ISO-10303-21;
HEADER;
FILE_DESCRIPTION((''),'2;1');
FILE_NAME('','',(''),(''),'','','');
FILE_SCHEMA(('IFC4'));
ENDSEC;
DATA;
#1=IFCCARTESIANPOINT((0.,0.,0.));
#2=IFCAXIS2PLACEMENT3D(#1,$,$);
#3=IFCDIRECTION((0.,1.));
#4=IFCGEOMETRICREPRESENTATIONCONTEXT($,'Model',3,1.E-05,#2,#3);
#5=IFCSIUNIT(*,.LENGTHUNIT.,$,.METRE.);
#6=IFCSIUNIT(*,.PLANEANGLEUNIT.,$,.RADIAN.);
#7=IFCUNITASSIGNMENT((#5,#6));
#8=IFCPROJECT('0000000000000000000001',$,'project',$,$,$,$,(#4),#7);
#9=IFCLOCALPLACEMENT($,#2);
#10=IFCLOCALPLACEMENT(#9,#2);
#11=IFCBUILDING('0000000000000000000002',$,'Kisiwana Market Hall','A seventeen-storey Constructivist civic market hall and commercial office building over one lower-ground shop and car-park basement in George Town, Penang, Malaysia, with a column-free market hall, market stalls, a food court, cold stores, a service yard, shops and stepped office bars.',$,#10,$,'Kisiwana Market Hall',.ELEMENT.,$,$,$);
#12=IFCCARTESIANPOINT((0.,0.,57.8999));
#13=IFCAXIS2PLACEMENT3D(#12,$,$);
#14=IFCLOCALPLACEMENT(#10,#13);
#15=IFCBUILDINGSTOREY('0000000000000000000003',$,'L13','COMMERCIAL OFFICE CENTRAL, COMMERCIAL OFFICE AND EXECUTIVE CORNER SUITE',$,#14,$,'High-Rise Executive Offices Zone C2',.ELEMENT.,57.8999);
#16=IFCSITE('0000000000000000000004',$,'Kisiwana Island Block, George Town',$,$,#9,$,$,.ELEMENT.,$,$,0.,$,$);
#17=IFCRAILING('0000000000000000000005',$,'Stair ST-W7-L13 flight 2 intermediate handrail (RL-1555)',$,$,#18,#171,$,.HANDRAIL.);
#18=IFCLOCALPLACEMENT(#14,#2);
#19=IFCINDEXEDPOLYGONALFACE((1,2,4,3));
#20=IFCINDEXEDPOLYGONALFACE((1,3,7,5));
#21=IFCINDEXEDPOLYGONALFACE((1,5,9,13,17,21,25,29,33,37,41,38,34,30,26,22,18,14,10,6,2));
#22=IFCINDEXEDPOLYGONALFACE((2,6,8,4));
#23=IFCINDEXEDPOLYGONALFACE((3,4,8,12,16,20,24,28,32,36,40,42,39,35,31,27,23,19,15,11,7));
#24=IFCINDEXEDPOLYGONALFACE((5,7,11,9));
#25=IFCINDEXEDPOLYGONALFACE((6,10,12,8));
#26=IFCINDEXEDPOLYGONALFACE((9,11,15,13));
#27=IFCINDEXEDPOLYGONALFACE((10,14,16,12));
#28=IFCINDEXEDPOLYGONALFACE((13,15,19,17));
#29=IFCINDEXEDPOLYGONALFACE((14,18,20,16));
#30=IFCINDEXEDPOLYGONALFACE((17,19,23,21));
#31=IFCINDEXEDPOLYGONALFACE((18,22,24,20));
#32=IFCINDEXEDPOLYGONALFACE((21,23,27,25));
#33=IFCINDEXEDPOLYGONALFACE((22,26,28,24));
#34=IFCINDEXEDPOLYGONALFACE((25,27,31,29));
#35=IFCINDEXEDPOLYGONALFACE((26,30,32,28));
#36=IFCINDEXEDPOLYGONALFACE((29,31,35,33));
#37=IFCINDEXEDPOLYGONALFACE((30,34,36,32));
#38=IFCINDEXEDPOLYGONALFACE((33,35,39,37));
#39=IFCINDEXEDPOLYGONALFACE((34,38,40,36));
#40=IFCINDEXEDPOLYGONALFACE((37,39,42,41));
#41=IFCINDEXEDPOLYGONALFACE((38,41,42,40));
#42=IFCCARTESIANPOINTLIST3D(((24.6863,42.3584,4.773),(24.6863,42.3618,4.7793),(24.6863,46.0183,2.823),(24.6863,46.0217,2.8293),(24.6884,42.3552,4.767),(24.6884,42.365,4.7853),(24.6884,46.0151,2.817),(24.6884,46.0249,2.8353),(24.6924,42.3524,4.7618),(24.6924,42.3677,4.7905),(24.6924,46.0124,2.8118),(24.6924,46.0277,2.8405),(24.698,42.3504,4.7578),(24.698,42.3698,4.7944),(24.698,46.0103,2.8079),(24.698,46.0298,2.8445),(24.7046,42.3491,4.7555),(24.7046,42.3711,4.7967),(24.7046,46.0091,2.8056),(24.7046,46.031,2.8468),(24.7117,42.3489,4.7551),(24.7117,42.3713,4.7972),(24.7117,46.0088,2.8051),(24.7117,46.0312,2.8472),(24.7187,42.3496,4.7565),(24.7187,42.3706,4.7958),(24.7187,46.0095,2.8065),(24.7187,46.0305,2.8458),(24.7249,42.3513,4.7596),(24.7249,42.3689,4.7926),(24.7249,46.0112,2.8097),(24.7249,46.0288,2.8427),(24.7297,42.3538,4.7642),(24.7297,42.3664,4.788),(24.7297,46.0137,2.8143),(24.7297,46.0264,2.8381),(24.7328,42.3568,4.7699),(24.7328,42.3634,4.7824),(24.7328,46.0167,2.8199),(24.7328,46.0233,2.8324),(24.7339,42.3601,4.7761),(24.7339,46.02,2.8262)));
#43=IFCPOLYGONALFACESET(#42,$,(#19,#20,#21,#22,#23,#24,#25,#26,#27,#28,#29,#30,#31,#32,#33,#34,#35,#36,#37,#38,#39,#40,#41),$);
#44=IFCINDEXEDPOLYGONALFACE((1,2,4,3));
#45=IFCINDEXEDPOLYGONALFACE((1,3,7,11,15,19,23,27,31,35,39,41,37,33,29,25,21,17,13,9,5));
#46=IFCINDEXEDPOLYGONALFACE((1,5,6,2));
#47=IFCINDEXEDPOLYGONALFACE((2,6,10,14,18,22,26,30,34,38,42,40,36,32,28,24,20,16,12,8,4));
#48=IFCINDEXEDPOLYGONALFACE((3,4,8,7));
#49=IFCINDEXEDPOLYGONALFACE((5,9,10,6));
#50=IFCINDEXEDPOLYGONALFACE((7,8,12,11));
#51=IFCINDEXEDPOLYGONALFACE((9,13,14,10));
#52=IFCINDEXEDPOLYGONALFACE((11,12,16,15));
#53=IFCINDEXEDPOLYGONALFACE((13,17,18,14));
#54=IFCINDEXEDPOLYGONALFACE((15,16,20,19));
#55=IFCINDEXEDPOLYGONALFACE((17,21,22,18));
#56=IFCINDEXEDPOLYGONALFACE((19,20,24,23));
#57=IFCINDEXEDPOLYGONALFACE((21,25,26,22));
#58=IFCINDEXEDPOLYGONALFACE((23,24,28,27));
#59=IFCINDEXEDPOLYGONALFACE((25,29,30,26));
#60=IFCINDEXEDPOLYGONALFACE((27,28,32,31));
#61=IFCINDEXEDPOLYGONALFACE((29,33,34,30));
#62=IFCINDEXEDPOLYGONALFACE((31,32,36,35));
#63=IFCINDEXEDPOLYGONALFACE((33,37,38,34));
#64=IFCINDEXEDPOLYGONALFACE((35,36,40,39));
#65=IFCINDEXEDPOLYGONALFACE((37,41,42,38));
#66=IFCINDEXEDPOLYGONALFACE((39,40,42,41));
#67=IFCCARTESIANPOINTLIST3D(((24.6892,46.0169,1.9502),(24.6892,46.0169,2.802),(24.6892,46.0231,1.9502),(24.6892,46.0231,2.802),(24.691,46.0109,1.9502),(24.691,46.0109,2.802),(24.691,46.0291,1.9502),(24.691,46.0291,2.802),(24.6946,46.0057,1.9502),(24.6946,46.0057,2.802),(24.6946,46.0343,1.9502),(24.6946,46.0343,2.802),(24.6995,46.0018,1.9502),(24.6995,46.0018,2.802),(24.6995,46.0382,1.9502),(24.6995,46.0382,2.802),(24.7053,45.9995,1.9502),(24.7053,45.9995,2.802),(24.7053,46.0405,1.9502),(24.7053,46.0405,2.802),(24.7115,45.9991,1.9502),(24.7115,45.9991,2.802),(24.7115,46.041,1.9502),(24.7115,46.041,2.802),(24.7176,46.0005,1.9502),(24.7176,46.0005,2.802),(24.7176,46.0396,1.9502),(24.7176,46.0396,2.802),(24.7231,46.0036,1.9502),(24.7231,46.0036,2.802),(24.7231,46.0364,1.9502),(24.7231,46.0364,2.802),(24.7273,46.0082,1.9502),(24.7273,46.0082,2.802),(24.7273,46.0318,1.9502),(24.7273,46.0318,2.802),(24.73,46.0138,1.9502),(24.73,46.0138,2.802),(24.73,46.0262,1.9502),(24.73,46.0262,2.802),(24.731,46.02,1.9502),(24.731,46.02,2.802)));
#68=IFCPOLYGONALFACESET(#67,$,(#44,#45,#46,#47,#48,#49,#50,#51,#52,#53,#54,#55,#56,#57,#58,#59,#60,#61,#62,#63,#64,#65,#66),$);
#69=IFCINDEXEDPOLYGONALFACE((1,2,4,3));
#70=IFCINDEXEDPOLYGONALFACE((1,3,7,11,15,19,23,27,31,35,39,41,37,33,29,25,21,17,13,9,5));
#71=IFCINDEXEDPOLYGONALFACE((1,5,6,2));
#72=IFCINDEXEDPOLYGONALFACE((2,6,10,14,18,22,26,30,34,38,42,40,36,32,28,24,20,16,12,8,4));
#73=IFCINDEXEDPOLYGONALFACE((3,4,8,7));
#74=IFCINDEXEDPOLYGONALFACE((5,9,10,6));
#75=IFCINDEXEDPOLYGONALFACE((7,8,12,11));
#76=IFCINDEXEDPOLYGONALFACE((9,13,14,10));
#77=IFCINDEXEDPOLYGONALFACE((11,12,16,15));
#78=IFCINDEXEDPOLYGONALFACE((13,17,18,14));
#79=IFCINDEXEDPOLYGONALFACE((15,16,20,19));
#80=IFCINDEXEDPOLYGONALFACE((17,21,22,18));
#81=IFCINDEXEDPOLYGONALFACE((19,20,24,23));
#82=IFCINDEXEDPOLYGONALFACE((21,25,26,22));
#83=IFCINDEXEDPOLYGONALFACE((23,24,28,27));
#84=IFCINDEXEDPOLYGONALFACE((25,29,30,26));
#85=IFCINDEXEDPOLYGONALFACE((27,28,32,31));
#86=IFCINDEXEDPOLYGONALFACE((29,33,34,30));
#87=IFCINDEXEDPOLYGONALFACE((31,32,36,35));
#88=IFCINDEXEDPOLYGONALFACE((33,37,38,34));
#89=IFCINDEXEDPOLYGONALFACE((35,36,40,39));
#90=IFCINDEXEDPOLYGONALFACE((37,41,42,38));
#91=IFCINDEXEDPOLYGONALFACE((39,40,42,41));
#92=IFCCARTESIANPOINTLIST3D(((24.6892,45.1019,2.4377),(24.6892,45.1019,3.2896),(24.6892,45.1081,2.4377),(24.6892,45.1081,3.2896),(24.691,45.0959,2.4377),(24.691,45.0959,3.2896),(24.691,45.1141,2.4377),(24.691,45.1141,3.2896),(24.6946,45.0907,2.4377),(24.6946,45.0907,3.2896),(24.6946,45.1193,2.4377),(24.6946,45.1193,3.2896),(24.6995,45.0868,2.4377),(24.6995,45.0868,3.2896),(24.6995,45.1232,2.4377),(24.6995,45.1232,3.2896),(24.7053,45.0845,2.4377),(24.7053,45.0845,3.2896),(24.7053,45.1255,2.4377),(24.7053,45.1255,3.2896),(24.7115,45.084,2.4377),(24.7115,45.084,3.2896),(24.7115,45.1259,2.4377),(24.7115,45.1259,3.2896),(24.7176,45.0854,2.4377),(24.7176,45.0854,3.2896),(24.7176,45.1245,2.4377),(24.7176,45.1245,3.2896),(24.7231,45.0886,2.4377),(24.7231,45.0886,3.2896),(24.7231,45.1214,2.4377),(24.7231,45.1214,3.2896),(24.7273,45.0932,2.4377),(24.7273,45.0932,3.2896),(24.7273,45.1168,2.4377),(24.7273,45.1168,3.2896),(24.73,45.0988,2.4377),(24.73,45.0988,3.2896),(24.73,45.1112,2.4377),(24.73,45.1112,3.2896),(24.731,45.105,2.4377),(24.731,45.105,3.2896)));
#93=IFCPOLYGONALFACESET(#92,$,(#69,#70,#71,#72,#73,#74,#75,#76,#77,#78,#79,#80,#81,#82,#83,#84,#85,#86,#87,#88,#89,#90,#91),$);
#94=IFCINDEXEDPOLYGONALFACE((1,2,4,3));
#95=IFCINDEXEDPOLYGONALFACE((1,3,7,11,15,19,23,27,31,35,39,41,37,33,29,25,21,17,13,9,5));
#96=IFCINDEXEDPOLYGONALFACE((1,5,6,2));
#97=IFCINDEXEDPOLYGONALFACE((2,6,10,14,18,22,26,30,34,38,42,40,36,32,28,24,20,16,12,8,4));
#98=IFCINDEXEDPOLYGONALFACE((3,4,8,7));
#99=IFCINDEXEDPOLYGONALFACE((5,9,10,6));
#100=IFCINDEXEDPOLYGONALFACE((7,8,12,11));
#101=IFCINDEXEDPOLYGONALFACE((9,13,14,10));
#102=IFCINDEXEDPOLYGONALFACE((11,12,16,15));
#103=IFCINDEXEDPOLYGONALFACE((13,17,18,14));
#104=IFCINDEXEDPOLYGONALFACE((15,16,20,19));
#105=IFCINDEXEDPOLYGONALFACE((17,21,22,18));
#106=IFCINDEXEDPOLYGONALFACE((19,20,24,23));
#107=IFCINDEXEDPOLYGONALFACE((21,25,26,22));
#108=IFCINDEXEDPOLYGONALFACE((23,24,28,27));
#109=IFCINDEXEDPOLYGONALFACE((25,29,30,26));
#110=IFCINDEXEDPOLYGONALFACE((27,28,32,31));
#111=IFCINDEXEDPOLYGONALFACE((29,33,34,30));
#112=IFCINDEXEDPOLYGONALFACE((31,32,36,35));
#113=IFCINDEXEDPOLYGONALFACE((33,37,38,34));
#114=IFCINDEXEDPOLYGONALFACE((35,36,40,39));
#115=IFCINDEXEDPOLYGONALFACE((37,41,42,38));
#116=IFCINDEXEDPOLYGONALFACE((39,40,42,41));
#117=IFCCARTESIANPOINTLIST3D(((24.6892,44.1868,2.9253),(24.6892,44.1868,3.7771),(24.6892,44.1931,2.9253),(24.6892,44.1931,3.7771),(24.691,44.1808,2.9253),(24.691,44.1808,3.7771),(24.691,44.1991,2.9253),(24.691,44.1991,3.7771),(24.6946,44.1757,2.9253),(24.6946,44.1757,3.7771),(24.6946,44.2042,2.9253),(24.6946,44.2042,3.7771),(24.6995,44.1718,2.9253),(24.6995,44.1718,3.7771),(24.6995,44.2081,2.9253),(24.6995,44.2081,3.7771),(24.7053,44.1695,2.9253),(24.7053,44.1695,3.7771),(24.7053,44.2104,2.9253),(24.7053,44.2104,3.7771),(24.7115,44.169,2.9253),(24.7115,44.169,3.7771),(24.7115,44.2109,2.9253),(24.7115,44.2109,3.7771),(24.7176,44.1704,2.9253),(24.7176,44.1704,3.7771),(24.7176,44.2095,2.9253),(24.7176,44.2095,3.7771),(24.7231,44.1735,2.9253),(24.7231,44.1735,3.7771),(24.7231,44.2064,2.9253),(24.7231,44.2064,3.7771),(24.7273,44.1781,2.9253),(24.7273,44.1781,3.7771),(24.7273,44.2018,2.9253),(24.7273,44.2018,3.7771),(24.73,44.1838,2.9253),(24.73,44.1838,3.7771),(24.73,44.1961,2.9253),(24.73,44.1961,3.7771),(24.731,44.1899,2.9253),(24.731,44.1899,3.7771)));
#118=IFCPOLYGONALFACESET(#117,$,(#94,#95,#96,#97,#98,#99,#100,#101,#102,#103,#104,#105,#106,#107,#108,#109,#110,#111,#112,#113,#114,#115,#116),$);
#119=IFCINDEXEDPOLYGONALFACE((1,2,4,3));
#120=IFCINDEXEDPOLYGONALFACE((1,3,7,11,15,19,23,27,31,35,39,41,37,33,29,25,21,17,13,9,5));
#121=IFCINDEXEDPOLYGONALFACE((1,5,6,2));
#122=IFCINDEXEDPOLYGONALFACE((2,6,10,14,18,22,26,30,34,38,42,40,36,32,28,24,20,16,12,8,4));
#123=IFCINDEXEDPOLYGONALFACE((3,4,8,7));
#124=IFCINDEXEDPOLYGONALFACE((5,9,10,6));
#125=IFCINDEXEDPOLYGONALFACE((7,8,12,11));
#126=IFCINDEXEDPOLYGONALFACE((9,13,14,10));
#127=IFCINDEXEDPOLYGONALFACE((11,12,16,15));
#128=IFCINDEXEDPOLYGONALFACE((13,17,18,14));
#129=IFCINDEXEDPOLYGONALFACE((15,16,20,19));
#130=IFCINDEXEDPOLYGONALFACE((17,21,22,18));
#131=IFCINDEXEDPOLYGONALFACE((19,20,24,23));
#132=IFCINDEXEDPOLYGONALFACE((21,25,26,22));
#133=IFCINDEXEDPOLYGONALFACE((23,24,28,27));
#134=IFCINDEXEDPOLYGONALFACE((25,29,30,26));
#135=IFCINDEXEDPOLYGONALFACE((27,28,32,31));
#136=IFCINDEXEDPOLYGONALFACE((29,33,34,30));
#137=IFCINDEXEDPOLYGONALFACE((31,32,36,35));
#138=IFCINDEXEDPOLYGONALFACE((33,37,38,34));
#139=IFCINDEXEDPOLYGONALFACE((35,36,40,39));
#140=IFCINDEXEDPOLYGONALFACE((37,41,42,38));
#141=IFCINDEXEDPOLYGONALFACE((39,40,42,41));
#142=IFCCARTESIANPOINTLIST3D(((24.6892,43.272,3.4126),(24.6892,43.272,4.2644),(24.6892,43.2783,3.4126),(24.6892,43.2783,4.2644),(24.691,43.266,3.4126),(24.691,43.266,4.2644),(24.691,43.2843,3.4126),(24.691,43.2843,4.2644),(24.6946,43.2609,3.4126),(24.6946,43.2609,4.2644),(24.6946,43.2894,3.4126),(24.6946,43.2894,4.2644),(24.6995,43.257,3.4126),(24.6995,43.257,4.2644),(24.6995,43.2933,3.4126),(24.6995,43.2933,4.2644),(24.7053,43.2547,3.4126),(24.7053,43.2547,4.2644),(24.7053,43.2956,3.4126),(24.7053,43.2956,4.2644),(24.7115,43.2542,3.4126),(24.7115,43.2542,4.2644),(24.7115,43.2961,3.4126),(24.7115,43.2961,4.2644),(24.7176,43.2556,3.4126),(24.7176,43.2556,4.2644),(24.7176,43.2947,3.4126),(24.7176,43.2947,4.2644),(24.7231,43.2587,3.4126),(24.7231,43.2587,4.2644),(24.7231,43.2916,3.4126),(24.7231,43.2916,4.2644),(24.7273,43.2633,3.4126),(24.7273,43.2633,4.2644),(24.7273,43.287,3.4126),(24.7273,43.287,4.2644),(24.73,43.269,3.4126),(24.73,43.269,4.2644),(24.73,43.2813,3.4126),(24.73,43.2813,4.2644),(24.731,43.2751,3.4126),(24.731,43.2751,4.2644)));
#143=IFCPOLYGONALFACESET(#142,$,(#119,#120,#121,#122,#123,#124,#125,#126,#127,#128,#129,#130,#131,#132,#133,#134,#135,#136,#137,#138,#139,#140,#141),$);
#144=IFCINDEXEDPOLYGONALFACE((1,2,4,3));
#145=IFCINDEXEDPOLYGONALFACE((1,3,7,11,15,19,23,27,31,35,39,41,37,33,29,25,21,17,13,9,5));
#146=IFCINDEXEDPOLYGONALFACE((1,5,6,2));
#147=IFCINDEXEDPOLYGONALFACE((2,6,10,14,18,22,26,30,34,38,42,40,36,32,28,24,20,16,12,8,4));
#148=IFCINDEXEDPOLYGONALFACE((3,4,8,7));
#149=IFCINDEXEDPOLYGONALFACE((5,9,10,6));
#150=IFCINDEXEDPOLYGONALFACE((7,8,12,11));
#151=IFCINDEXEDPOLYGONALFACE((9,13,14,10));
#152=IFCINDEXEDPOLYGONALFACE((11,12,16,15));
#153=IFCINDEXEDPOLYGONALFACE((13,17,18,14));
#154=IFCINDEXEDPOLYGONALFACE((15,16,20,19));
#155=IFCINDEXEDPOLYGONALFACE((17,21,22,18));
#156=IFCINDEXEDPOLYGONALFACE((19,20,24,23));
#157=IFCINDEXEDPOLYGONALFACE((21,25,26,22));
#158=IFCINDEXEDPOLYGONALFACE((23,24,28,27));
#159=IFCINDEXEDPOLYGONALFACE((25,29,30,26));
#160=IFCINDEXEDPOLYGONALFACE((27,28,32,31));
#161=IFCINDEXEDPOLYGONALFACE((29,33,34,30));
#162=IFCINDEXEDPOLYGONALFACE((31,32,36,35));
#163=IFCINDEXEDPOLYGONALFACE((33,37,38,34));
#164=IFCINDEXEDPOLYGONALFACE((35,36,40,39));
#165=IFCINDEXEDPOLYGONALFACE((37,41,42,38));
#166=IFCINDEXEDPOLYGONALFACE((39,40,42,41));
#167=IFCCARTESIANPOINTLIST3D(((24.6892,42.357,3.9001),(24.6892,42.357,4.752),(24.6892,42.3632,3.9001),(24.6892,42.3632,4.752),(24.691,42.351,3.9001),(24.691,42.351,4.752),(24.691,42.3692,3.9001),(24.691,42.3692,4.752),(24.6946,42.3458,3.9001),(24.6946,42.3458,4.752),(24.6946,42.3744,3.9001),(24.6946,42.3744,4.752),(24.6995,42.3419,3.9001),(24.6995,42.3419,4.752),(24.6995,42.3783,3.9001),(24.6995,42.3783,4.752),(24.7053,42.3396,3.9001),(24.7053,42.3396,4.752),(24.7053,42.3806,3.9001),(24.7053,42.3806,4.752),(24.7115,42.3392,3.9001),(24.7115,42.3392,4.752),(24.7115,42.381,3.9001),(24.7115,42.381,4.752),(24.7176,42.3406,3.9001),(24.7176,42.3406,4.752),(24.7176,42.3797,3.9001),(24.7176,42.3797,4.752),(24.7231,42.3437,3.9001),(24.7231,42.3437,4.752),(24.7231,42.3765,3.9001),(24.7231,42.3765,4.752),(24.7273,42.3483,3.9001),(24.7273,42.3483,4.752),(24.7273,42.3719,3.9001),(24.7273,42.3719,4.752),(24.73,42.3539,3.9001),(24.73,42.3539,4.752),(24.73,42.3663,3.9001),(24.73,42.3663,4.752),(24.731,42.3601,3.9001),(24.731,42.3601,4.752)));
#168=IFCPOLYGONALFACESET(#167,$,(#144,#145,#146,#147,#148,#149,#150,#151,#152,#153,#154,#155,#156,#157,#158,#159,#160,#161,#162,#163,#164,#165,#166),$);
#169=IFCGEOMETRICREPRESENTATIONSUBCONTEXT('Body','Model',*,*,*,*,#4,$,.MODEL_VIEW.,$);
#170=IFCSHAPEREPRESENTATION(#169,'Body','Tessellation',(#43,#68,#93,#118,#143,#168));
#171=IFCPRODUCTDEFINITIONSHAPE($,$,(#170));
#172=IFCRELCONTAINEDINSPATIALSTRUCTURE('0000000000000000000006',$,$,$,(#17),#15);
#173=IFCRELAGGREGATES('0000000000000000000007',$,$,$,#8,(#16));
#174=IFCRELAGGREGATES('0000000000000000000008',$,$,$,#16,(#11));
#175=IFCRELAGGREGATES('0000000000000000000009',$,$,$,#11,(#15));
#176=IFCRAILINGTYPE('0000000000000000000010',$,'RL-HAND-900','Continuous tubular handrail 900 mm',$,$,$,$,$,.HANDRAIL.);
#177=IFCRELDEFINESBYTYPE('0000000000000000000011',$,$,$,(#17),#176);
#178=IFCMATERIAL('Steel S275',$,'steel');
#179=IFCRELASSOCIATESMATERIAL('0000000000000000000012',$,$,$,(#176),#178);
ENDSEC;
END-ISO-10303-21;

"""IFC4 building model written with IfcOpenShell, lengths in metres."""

from ifc_helpers import new_model, si_unit, direction, frame, origin, origin_2d, place, context, subcontext, project, spatial, circle, extrude, material, type_object, element, save


model = new_model("IFC4")

# Units and contexts
model_context = context("Model", 3, precision=1e-05, world=origin(), true_north=direction((0.0, 1.0)))
body_context = subcontext(model_context, "Body", "Model", "MODEL_VIEW")
ifc_project = project(units=[si_unit("LENGTHUNIT", "METRE"), si_unit("PLANEANGLEUNIT", "RADIAN")], contexts=[model_context])

# Site, building, storey
site_placement = place(None, origin())
site = spatial("IfcSite", under=ifc_project, at=site_placement, Name="Kisiwana Island Block, George Town", CompositionType="ELEMENT", RefElevation=0.0)
building_placement = place(site_placement, origin())
building = spatial("IfcBuilding", under=site, at=building_placement, Name="Kisiwana Market Hall", Description="A seventeen-storey Constructivist civic market hall and commercial office building over one lower-ground shop and car-park basement in George Town, Penang, Malaysia, with a column-free market hall, market stalls, a food court, cold stores, a service yard, shops and stepped office bars.", LongName="Kisiwana Market Hall", CompositionType="ELEMENT")
storey_placement = place(building_placement, frame((0.0, 0.0, 57.8999)))
storey = spatial("IfcBuildingStorey", under=building, at=storey_placement, Name="L13", Description="COMMERCIAL OFFICE CENTRAL, COMMERCIAL OFFICE AND EXECUTIVE CORNER SUITE", LongName="High-Rise Executive Offices Zone C2", CompositionType="ELEMENT", Elevation=57.8999)

# Railing
ifc_material_1 = material(Name="Steel S275", Category="steel")
railing_type_1 = type_object("IfcRailingType", Name="RL-HAND-900", Description="Continuous tubular handrail 900 mm", PredefinedType="HANDRAIL", material=ifc_material_1)
railing_1_placement = place(storey_placement, frame((24.71, 46.02, 1.9502)))
element("IfcRailing", 1, at=railing_1_placement, inside=storey, type_object=railing_type_1, Name="Stair ST-W7-L13 flight 2 intermediate handrail (RL-1555)", PredefinedType="HANDRAIL", context=body_context, shape_type="SweptSolid", body=[
    extrude(circle(Radius=0.0239, at=origin_2d()), frame((0.0, 0.0, 0.876), z_axis=(0.0, -0.882553, 0.470212), x_axis=(1.0, 0.0, 0.0)), (0.0, 0.0, 1.0), 4.147),
    extrude(circle(Radius=0.021, at=origin_2d()), origin(), (0.0, 0.0, 1.0), 0.8518),
    extrude(circle(Radius=0.021, at=origin_2d()), frame((0.0, -0.915, 0.4875)), (0.0, 0.0, 1.0), 0.8518),
    extrude(circle(Radius=0.021, at=origin_2d()), frame((0.0, -1.8301, 0.9751)), (0.0, 0.0, 1.0), 0.8518),
    extrude(circle(Radius=0.021, at=origin_2d()), frame((0.0, -2.7449, 1.4624)), (0.0, 0.0, 1.0), 0.8518),
    extrude(circle(Radius=0.021, at=origin_2d()), frame((0.0, -3.6599, 1.95)), (0.0, 0.0, 1.0), 0.8518),
])

save(model, "model.ifc")
